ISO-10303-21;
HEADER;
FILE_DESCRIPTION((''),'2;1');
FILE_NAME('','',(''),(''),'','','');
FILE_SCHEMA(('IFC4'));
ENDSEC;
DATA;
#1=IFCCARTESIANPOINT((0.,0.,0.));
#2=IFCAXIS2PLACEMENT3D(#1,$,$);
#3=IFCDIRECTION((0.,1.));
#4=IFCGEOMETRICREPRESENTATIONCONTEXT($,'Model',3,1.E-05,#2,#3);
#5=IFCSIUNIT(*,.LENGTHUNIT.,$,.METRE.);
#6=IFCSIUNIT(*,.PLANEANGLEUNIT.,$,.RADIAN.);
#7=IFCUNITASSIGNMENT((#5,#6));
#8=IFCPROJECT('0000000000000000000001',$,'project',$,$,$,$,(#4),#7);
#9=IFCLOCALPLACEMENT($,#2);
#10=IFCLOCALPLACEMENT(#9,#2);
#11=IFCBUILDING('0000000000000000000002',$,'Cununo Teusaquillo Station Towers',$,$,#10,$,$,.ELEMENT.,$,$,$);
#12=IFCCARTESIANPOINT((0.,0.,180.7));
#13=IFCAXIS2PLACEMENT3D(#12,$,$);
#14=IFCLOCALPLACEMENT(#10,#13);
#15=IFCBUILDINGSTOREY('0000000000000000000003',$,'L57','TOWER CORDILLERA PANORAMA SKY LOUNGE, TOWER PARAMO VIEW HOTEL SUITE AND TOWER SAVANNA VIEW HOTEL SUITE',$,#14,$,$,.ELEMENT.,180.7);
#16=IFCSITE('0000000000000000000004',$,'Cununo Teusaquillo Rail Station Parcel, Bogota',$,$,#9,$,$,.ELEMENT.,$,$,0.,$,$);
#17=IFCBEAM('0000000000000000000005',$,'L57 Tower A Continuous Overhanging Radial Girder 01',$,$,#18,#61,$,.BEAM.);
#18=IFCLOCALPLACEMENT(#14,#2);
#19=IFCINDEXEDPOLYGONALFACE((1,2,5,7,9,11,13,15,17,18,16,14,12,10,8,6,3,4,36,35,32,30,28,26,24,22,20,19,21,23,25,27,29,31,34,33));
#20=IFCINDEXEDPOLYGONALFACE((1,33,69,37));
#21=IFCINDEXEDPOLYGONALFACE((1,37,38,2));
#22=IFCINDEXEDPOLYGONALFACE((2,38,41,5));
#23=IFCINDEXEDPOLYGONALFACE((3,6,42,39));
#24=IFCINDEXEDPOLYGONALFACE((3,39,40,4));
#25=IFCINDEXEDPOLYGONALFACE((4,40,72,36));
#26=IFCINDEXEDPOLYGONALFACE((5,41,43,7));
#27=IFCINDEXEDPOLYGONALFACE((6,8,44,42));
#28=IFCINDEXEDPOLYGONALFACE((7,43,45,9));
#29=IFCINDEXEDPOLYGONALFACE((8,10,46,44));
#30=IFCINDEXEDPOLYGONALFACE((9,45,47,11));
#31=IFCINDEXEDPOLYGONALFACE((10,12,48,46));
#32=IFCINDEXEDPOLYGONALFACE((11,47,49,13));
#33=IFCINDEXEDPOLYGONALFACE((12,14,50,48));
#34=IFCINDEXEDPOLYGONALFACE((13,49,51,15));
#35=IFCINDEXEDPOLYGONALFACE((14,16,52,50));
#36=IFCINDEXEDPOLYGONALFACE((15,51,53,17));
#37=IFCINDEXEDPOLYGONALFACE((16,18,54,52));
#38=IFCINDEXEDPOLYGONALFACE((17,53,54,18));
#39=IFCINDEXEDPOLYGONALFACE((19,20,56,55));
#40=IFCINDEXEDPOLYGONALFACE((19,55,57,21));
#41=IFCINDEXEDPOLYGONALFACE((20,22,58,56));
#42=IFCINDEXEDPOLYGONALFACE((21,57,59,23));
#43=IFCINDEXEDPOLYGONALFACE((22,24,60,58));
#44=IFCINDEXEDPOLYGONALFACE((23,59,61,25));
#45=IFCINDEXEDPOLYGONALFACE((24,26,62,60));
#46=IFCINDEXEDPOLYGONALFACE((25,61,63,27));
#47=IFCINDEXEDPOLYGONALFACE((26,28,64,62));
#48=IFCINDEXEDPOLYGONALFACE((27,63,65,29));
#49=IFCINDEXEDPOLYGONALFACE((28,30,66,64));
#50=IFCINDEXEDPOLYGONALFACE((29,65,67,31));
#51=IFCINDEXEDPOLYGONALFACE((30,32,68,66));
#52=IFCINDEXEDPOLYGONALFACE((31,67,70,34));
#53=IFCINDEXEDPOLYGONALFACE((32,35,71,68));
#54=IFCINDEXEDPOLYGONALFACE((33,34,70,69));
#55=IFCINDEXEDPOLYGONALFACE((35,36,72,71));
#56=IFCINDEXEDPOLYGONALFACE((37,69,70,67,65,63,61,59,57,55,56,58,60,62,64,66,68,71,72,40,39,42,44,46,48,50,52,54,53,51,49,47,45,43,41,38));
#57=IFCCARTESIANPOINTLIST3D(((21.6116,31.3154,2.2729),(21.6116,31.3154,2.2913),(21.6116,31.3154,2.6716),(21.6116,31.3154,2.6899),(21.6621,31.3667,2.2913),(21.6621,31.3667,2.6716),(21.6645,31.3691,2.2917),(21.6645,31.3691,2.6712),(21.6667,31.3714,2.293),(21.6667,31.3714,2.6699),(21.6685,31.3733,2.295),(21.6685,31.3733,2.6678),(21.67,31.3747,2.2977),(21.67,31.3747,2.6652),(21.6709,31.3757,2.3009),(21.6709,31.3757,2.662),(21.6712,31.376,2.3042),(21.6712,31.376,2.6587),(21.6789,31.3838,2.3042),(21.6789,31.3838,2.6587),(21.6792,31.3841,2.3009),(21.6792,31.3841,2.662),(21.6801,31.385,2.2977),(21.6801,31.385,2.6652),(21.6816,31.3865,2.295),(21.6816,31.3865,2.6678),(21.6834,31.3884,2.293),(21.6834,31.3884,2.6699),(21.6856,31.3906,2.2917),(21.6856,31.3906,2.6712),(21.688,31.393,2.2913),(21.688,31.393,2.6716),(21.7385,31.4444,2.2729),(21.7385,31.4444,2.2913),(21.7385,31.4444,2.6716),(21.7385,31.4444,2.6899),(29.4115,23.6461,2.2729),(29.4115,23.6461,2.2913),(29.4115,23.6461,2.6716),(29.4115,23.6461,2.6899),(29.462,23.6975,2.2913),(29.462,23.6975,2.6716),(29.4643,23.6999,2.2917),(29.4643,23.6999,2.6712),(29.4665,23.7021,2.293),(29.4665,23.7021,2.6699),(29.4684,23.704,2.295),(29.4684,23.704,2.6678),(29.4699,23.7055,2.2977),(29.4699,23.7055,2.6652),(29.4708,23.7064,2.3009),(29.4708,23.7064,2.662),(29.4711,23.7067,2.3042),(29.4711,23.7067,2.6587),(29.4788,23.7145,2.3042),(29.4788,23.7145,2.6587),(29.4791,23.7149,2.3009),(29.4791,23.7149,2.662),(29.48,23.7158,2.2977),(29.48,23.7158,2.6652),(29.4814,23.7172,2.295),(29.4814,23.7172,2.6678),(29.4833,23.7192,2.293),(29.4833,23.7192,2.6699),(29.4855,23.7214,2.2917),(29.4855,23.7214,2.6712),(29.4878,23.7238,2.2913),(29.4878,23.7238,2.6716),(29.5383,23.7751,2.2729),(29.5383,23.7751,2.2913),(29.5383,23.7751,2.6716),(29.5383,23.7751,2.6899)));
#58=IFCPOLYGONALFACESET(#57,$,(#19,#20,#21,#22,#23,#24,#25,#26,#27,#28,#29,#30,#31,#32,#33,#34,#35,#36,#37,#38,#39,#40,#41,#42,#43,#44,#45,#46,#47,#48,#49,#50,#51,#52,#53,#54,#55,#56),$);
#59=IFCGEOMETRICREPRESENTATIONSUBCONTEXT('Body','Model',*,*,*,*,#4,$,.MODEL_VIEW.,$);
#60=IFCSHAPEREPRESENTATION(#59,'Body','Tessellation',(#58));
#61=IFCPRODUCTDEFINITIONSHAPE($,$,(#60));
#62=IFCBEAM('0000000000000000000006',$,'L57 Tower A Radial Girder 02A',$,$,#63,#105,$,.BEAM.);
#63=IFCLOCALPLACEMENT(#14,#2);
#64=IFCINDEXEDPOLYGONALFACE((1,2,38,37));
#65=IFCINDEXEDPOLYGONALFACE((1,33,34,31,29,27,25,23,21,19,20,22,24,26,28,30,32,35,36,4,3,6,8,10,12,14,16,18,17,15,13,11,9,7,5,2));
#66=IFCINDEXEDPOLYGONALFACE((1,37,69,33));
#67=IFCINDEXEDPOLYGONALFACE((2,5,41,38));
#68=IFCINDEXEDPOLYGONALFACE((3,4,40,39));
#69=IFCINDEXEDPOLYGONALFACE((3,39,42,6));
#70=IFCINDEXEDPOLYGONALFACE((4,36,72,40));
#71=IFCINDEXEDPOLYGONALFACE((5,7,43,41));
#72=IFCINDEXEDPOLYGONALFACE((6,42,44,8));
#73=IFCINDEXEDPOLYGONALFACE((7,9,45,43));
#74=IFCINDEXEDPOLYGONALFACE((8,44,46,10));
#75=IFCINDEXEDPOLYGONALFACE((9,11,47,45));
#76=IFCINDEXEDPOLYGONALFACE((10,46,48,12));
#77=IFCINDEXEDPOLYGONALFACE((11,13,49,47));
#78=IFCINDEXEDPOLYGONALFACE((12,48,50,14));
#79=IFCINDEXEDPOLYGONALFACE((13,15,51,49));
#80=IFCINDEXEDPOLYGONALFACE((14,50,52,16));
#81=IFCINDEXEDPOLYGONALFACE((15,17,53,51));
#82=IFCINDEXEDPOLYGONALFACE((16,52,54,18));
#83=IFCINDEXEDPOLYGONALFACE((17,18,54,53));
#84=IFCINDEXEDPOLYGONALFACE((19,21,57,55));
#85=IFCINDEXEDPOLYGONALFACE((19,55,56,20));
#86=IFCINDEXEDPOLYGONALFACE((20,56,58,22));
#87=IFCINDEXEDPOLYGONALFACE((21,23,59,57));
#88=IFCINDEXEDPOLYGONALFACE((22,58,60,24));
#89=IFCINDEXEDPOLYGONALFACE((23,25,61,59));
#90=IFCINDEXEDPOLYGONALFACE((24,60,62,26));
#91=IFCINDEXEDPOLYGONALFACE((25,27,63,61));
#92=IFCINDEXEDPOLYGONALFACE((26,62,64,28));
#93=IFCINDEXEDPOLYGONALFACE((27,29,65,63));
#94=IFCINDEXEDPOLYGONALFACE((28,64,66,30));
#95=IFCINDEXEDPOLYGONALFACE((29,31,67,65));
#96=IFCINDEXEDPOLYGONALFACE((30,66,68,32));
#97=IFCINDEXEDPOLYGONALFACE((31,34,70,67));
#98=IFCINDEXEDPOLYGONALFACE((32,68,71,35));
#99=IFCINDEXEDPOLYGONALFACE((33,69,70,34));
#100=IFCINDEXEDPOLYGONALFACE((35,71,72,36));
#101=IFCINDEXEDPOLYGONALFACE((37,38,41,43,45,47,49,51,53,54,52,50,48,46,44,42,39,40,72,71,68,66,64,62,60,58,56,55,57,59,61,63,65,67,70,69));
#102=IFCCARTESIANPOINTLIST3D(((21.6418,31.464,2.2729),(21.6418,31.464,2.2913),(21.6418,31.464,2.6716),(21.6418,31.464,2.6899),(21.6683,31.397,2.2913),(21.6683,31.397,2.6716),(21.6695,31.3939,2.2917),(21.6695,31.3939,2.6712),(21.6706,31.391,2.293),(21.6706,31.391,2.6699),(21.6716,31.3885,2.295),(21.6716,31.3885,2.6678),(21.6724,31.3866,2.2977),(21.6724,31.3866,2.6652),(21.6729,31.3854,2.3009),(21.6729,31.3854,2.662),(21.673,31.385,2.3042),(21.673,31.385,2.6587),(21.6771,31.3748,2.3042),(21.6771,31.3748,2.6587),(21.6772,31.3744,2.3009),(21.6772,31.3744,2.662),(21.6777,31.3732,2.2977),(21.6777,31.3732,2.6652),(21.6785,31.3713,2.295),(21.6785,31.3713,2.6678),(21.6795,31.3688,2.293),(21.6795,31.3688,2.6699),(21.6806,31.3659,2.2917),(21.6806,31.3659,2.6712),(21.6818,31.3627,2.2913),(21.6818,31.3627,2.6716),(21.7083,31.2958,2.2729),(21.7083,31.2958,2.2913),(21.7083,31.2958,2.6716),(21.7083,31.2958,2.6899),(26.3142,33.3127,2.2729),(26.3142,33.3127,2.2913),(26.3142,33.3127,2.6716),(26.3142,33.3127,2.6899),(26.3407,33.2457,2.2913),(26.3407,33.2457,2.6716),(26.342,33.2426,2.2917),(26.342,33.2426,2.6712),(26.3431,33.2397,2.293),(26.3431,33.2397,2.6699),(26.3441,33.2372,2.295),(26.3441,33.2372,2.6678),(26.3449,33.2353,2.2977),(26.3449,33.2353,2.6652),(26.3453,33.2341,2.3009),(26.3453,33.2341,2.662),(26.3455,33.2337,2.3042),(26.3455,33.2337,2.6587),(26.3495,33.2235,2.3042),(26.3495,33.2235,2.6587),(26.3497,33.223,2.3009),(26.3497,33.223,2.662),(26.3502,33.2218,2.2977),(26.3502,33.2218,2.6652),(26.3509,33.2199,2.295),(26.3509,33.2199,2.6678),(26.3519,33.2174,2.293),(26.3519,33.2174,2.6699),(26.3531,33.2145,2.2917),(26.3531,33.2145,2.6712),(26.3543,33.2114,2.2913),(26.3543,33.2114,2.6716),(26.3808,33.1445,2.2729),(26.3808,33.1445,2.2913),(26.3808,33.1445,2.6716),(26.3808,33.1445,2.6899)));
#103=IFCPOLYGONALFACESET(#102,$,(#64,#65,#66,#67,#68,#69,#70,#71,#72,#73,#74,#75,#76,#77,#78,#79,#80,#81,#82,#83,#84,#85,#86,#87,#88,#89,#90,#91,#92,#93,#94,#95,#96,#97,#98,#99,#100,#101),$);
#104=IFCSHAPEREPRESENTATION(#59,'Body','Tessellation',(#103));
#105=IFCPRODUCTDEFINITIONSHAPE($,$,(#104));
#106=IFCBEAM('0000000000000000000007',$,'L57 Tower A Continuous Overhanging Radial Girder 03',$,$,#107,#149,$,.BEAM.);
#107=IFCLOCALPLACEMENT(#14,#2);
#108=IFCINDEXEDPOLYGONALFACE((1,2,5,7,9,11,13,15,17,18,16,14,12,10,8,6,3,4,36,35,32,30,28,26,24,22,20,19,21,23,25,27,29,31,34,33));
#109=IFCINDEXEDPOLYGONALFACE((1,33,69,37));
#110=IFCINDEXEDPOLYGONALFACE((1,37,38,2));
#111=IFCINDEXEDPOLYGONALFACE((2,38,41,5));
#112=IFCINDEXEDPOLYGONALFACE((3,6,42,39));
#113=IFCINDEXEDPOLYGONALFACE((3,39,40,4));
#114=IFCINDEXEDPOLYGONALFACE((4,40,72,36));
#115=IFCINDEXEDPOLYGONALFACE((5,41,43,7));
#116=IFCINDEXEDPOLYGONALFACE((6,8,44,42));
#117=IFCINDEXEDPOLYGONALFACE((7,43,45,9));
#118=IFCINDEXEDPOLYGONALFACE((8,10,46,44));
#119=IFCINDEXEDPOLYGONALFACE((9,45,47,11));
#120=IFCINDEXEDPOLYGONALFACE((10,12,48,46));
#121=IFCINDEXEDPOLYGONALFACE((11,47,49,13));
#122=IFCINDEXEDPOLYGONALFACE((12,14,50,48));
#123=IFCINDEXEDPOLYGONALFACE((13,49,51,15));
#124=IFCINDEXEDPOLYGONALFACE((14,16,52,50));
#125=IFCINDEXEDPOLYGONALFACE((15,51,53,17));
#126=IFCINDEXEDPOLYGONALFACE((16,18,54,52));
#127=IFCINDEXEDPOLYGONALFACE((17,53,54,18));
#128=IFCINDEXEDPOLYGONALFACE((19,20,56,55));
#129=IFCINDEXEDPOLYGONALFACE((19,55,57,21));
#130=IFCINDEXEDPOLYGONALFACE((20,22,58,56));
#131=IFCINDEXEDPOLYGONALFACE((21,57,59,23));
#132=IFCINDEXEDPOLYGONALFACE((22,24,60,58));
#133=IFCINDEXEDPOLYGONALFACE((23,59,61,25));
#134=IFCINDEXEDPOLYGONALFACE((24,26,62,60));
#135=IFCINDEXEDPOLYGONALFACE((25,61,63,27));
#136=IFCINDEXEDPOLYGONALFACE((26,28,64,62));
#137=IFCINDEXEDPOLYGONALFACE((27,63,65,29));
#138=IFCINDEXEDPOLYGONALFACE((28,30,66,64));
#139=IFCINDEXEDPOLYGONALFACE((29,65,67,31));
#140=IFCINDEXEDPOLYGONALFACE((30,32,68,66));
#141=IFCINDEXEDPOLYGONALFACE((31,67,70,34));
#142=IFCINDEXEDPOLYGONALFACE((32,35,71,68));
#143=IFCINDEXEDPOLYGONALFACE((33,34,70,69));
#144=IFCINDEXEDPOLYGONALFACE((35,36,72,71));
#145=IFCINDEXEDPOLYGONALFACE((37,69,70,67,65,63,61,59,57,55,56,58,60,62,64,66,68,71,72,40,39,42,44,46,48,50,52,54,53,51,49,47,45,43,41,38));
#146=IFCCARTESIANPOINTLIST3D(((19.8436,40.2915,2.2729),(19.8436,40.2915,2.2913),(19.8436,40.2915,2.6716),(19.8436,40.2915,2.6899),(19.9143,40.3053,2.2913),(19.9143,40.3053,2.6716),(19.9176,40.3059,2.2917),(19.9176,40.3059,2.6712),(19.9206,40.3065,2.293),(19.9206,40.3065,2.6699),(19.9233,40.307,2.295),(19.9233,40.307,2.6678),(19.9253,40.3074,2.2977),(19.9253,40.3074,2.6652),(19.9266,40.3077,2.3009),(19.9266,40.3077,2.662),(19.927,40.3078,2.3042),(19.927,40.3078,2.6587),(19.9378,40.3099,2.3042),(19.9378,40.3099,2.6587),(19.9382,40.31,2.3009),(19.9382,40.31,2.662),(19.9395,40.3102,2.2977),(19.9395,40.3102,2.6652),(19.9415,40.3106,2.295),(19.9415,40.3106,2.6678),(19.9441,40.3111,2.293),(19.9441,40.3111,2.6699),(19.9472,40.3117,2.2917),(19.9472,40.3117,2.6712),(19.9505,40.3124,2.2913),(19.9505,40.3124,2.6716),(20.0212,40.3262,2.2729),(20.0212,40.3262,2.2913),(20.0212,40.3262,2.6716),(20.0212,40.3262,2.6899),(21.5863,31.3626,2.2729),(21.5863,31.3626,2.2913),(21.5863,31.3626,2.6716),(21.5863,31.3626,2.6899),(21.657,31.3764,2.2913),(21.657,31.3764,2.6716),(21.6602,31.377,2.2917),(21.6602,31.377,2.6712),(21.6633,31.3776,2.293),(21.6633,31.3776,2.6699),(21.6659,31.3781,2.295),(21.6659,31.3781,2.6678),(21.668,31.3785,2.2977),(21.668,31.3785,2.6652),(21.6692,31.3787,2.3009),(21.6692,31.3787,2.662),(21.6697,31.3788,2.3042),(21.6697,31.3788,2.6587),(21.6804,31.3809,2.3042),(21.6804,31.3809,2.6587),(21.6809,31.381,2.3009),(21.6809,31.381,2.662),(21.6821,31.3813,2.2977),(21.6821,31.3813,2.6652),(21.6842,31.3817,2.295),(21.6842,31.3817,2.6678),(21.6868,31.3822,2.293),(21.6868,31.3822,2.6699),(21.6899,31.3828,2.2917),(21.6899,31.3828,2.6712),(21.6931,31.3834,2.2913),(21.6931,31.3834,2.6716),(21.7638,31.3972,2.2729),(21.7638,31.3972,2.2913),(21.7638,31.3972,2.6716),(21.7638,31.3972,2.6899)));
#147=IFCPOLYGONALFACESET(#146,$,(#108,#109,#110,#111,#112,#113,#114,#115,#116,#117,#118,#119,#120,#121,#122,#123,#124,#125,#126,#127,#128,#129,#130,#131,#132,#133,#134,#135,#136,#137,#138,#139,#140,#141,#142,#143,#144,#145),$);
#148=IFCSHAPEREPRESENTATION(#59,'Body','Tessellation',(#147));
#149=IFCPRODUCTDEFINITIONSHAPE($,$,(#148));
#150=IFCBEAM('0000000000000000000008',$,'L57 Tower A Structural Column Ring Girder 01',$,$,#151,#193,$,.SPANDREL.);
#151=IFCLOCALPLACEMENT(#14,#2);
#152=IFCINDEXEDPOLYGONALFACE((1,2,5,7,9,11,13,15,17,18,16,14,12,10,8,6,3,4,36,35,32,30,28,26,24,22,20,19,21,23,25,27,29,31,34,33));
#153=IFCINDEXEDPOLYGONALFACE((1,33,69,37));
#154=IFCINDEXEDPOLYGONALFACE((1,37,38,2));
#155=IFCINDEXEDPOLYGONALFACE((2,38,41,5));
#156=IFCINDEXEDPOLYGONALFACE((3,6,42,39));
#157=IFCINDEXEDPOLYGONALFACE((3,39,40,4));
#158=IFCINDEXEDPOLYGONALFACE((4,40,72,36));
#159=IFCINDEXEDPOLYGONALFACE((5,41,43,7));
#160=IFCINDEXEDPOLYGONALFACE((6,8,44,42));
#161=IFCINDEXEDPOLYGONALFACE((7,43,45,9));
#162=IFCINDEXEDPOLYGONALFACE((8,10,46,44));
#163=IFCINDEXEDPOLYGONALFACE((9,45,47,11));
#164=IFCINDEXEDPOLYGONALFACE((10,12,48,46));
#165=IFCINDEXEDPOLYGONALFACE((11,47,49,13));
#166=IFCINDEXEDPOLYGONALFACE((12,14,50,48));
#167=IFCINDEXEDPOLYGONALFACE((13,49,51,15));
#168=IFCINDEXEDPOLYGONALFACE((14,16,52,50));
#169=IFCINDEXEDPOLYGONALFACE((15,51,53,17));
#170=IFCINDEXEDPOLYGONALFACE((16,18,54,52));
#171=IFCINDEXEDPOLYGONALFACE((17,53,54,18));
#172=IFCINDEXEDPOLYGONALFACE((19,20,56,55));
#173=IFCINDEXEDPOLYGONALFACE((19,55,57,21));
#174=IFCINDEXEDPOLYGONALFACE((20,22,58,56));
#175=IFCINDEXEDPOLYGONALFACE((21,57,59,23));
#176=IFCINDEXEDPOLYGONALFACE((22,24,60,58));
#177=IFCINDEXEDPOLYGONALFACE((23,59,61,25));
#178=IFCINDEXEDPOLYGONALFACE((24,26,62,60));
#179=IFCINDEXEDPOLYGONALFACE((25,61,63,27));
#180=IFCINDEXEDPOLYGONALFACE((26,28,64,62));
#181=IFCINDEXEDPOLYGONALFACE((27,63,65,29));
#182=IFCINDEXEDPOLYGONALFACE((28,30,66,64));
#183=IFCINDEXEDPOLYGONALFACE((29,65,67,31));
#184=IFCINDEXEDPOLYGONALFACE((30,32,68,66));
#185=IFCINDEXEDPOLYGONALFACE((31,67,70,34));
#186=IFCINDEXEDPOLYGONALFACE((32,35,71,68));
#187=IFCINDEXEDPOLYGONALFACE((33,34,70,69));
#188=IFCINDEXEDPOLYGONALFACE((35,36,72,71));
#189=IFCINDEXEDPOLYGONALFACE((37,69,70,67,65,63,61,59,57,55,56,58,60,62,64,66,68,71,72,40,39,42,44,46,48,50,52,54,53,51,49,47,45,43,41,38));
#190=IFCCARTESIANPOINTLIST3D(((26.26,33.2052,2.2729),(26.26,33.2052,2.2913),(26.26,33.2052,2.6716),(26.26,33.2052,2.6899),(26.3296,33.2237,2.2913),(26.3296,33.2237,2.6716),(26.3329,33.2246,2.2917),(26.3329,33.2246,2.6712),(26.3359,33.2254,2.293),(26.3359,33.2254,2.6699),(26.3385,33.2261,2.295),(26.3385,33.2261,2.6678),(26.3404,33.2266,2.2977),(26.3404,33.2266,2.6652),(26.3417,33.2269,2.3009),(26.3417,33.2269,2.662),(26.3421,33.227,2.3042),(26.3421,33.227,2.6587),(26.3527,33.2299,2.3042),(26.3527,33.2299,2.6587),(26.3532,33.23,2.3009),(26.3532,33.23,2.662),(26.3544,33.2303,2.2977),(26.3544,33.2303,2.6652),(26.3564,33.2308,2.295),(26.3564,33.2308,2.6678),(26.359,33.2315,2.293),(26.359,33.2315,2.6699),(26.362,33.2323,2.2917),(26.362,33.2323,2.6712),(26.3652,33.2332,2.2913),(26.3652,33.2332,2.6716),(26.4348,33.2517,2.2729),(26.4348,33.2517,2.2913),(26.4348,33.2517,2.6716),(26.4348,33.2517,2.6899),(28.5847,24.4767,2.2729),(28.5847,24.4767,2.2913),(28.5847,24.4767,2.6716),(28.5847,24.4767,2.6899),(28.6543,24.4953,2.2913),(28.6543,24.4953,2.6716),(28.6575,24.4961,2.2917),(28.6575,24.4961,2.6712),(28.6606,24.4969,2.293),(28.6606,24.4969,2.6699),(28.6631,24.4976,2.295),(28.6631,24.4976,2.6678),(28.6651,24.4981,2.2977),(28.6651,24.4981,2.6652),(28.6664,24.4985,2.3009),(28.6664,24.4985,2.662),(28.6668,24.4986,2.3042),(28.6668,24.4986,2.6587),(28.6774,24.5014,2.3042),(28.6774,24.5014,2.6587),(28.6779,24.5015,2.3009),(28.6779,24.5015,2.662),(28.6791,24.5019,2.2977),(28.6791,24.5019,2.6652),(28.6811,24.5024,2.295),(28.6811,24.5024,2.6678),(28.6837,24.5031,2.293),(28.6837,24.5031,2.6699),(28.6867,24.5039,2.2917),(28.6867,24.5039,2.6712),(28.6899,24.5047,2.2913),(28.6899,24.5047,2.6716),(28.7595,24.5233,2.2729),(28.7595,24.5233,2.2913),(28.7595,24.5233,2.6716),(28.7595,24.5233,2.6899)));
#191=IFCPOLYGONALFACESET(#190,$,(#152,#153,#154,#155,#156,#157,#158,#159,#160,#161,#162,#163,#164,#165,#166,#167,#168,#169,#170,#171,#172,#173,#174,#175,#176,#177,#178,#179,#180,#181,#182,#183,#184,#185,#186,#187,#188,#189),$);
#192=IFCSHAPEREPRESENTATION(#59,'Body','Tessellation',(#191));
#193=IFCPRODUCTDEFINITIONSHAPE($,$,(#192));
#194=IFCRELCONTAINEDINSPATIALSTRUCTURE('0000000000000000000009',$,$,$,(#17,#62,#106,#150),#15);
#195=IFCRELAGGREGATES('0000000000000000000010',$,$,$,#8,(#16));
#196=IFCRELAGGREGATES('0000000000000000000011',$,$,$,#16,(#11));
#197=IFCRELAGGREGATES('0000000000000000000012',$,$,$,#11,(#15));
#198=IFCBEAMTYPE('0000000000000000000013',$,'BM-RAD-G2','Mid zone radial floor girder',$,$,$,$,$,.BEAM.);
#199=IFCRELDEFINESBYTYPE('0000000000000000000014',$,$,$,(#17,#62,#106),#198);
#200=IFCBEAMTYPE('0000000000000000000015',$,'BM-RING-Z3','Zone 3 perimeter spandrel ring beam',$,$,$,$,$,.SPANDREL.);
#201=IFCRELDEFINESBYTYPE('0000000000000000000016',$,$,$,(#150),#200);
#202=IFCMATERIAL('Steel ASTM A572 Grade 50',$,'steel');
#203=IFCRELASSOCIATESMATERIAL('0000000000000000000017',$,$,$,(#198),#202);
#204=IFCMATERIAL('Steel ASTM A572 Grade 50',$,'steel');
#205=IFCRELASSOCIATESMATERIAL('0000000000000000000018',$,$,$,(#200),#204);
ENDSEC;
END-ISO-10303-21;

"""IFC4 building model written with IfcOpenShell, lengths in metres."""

from ifc_helpers import new_model, si_unit, direction, frame, origin, origin_2d, place, context, subcontext, project, spatial, i_section, extrude, material, material_profile, profile_set, type_object, element, save


model = new_model("IFC4")

# Units and contexts
model_context = context("Model", 3, precision=1e-05, world=origin(), true_north=direction((0.0, 1.0)))
body_context = subcontext(model_context, "Body", "Model", "MODEL_VIEW")
ifc_project = project(units=[si_unit("LENGTHUNIT", "METRE"), si_unit("PLANEANGLEUNIT", "RADIAN")], contexts=[model_context])

# Site, building, storey
site_placement = place(None, origin())
site = spatial("IfcSite", under=ifc_project, at=site_placement, Name="Cununo Teusaquillo Rail Station Parcel, Bogota", CompositionType="ELEMENT", RefElevation=0.0)
building_placement = place(site_placement, origin())
building = spatial("IfcBuilding", under=site, at=building_placement, Name="Cununo Teusaquillo Station Towers", CompositionType="ELEMENT")
storey_placement = place(building_placement, frame((0.0, 0.0, 180.7)))
storey = spatial("IfcBuildingStorey", under=building, at=storey_placement, Name="L57", Description="TOWER CORDILLERA PANORAMA SKY LOUNGE, TOWER PARAMO VIEW HOTEL SUITE AND TOWER SAVANNA VIEW HOTEL SUITE", CompositionType="ELEMENT", Elevation=180.7)

# Beams
ifc_material_1 = material(Name="Steel ASTM A572 Grade 50", Category="steel")
ifc_material_profile_1 = material_profile(ifc_material_1, i_section(OverallWidth=0.1809, OverallDepth=0.417, WebThickness=0.011, FlangeThickness=0.0183, FilletRadius=0.0129, at=origin_2d()), Name="W16X57")
ifc_profile_set_1 = profile_set([ifc_material_profile_1], Name="Steel ASTM A572 Grade 50")
beam_type_1 = type_object("IfcBeamType", Name="BM-RAD-G2", Description="Mid zone radial floor girder", PredefinedType="BEAM", material=ifc_profile_set_1)
beam_1_placement = place(storey_placement, frame((21.675, 31.3799, 2.4814), z_axis=(0.713052, -0.701111, 0.0), x_axis=(0.701111, 0.713052, 0.0)))
element("IfcBeam", 1, at=beam_1_placement, inside=storey, type_object=beam_type_1, Name="L57 Tower A Continuous Overhanging Radial Girder 01", PredefinedType="BEAM", context=body_context, shape_type="SweptSolid", body=[
    extrude(i_section(OverallWidth=0.1809, OverallDepth=0.417, WebThickness=0.011, FlangeThickness=0.0183, FilletRadius=0.0129, at=origin_2d()), origin(), (0.0, 0.0, 1.0), 10.9387),
])
beam_2_placement = place(storey_placement, frame((21.675, 31.3799, 2.4814), z_axis=(0.929864, 0.367903, 0.0), x_axis=(-0.367903, 0.929864, 0.0)))
element("IfcBeam", 2, at=beam_2_placement, inside=storey, type_object=beam_type_1, Name="L57 Tower A Radial Girder 02A", PredefinedType="BEAM", context=body_context, shape_type="SweptSolid", body=[
    extrude(i_section(OverallWidth=0.1809, OverallDepth=0.417, WebThickness=0.011, FlangeThickness=0.0183, FilletRadius=0.0129, at=origin_2d()), origin(), (0.0, 0.0, 1.0), 5.0249),
])
beam_3_placement = place(storey_placement, frame((21.675, 31.3799, 2.4814), z_axis=(-0.191557, 0.981481, 0.0), x_axis=(-0.981481, -0.191557, 0.0)))
element("IfcBeam", 3, at=beam_3_placement, inside=storey, type_object=beam_type_1, Name="L57 Tower A Continuous Overhanging Radial Girder 03", PredefinedType="BEAM", context=body_context, shape_type="SweptSolid", body=[
    extrude(i_section(OverallWidth=0.1809, OverallDepth=0.417, WebThickness=0.011, FlangeThickness=0.0183, FilletRadius=0.0129, at=origin_2d()), origin(), (0.0, 0.0, 1.0), 9.0974),
])
ifc_material_2 = material(Name="Steel ASTM A572 Grade 50", Category="steel")
ifc_material_profile_2 = material_profile(ifc_material_2, i_section(OverallWidth=0.1809, OverallDepth=0.417, WebThickness=0.011, FlangeThickness=0.0183, FilletRadius=0.0129, at=origin_2d()), Name="W16X57")
ifc_profile_set_2 = profile_set([ifc_material_profile_2], Name="Steel ASTM A572 Grade 50")
beam_type_2 = type_object("IfcBeamType", Name="BM-RING-Z3", Description="Zone 3 perimeter spandrel ring beam", PredefinedType="SPANDREL", material=ifc_profile_set_2)
beam_4_placement = place(storey_placement, frame((28.6721, 24.5, 2.4814), z_axis=(-0.257363, 0.966315, 0.0), x_axis=(-0.966315, -0.257363, 0.0)))
element("IfcBeam", 4, at=beam_4_placement, inside=storey, type_object=beam_type_2, Name="L57 Tower A Structural Column Ring Girder 01", PredefinedType="SPANDREL", context=body_context, shape_type="SweptSolid", body=[
    extrude(i_section(OverallWidth=0.1809, OverallDepth=0.417, WebThickness=0.011, FlangeThickness=0.0183, FilletRadius=0.0129, at=origin_2d()), origin(), (0.0, 0.0, 1.0), 9.0327),
])

save(model, "model.ifc")
